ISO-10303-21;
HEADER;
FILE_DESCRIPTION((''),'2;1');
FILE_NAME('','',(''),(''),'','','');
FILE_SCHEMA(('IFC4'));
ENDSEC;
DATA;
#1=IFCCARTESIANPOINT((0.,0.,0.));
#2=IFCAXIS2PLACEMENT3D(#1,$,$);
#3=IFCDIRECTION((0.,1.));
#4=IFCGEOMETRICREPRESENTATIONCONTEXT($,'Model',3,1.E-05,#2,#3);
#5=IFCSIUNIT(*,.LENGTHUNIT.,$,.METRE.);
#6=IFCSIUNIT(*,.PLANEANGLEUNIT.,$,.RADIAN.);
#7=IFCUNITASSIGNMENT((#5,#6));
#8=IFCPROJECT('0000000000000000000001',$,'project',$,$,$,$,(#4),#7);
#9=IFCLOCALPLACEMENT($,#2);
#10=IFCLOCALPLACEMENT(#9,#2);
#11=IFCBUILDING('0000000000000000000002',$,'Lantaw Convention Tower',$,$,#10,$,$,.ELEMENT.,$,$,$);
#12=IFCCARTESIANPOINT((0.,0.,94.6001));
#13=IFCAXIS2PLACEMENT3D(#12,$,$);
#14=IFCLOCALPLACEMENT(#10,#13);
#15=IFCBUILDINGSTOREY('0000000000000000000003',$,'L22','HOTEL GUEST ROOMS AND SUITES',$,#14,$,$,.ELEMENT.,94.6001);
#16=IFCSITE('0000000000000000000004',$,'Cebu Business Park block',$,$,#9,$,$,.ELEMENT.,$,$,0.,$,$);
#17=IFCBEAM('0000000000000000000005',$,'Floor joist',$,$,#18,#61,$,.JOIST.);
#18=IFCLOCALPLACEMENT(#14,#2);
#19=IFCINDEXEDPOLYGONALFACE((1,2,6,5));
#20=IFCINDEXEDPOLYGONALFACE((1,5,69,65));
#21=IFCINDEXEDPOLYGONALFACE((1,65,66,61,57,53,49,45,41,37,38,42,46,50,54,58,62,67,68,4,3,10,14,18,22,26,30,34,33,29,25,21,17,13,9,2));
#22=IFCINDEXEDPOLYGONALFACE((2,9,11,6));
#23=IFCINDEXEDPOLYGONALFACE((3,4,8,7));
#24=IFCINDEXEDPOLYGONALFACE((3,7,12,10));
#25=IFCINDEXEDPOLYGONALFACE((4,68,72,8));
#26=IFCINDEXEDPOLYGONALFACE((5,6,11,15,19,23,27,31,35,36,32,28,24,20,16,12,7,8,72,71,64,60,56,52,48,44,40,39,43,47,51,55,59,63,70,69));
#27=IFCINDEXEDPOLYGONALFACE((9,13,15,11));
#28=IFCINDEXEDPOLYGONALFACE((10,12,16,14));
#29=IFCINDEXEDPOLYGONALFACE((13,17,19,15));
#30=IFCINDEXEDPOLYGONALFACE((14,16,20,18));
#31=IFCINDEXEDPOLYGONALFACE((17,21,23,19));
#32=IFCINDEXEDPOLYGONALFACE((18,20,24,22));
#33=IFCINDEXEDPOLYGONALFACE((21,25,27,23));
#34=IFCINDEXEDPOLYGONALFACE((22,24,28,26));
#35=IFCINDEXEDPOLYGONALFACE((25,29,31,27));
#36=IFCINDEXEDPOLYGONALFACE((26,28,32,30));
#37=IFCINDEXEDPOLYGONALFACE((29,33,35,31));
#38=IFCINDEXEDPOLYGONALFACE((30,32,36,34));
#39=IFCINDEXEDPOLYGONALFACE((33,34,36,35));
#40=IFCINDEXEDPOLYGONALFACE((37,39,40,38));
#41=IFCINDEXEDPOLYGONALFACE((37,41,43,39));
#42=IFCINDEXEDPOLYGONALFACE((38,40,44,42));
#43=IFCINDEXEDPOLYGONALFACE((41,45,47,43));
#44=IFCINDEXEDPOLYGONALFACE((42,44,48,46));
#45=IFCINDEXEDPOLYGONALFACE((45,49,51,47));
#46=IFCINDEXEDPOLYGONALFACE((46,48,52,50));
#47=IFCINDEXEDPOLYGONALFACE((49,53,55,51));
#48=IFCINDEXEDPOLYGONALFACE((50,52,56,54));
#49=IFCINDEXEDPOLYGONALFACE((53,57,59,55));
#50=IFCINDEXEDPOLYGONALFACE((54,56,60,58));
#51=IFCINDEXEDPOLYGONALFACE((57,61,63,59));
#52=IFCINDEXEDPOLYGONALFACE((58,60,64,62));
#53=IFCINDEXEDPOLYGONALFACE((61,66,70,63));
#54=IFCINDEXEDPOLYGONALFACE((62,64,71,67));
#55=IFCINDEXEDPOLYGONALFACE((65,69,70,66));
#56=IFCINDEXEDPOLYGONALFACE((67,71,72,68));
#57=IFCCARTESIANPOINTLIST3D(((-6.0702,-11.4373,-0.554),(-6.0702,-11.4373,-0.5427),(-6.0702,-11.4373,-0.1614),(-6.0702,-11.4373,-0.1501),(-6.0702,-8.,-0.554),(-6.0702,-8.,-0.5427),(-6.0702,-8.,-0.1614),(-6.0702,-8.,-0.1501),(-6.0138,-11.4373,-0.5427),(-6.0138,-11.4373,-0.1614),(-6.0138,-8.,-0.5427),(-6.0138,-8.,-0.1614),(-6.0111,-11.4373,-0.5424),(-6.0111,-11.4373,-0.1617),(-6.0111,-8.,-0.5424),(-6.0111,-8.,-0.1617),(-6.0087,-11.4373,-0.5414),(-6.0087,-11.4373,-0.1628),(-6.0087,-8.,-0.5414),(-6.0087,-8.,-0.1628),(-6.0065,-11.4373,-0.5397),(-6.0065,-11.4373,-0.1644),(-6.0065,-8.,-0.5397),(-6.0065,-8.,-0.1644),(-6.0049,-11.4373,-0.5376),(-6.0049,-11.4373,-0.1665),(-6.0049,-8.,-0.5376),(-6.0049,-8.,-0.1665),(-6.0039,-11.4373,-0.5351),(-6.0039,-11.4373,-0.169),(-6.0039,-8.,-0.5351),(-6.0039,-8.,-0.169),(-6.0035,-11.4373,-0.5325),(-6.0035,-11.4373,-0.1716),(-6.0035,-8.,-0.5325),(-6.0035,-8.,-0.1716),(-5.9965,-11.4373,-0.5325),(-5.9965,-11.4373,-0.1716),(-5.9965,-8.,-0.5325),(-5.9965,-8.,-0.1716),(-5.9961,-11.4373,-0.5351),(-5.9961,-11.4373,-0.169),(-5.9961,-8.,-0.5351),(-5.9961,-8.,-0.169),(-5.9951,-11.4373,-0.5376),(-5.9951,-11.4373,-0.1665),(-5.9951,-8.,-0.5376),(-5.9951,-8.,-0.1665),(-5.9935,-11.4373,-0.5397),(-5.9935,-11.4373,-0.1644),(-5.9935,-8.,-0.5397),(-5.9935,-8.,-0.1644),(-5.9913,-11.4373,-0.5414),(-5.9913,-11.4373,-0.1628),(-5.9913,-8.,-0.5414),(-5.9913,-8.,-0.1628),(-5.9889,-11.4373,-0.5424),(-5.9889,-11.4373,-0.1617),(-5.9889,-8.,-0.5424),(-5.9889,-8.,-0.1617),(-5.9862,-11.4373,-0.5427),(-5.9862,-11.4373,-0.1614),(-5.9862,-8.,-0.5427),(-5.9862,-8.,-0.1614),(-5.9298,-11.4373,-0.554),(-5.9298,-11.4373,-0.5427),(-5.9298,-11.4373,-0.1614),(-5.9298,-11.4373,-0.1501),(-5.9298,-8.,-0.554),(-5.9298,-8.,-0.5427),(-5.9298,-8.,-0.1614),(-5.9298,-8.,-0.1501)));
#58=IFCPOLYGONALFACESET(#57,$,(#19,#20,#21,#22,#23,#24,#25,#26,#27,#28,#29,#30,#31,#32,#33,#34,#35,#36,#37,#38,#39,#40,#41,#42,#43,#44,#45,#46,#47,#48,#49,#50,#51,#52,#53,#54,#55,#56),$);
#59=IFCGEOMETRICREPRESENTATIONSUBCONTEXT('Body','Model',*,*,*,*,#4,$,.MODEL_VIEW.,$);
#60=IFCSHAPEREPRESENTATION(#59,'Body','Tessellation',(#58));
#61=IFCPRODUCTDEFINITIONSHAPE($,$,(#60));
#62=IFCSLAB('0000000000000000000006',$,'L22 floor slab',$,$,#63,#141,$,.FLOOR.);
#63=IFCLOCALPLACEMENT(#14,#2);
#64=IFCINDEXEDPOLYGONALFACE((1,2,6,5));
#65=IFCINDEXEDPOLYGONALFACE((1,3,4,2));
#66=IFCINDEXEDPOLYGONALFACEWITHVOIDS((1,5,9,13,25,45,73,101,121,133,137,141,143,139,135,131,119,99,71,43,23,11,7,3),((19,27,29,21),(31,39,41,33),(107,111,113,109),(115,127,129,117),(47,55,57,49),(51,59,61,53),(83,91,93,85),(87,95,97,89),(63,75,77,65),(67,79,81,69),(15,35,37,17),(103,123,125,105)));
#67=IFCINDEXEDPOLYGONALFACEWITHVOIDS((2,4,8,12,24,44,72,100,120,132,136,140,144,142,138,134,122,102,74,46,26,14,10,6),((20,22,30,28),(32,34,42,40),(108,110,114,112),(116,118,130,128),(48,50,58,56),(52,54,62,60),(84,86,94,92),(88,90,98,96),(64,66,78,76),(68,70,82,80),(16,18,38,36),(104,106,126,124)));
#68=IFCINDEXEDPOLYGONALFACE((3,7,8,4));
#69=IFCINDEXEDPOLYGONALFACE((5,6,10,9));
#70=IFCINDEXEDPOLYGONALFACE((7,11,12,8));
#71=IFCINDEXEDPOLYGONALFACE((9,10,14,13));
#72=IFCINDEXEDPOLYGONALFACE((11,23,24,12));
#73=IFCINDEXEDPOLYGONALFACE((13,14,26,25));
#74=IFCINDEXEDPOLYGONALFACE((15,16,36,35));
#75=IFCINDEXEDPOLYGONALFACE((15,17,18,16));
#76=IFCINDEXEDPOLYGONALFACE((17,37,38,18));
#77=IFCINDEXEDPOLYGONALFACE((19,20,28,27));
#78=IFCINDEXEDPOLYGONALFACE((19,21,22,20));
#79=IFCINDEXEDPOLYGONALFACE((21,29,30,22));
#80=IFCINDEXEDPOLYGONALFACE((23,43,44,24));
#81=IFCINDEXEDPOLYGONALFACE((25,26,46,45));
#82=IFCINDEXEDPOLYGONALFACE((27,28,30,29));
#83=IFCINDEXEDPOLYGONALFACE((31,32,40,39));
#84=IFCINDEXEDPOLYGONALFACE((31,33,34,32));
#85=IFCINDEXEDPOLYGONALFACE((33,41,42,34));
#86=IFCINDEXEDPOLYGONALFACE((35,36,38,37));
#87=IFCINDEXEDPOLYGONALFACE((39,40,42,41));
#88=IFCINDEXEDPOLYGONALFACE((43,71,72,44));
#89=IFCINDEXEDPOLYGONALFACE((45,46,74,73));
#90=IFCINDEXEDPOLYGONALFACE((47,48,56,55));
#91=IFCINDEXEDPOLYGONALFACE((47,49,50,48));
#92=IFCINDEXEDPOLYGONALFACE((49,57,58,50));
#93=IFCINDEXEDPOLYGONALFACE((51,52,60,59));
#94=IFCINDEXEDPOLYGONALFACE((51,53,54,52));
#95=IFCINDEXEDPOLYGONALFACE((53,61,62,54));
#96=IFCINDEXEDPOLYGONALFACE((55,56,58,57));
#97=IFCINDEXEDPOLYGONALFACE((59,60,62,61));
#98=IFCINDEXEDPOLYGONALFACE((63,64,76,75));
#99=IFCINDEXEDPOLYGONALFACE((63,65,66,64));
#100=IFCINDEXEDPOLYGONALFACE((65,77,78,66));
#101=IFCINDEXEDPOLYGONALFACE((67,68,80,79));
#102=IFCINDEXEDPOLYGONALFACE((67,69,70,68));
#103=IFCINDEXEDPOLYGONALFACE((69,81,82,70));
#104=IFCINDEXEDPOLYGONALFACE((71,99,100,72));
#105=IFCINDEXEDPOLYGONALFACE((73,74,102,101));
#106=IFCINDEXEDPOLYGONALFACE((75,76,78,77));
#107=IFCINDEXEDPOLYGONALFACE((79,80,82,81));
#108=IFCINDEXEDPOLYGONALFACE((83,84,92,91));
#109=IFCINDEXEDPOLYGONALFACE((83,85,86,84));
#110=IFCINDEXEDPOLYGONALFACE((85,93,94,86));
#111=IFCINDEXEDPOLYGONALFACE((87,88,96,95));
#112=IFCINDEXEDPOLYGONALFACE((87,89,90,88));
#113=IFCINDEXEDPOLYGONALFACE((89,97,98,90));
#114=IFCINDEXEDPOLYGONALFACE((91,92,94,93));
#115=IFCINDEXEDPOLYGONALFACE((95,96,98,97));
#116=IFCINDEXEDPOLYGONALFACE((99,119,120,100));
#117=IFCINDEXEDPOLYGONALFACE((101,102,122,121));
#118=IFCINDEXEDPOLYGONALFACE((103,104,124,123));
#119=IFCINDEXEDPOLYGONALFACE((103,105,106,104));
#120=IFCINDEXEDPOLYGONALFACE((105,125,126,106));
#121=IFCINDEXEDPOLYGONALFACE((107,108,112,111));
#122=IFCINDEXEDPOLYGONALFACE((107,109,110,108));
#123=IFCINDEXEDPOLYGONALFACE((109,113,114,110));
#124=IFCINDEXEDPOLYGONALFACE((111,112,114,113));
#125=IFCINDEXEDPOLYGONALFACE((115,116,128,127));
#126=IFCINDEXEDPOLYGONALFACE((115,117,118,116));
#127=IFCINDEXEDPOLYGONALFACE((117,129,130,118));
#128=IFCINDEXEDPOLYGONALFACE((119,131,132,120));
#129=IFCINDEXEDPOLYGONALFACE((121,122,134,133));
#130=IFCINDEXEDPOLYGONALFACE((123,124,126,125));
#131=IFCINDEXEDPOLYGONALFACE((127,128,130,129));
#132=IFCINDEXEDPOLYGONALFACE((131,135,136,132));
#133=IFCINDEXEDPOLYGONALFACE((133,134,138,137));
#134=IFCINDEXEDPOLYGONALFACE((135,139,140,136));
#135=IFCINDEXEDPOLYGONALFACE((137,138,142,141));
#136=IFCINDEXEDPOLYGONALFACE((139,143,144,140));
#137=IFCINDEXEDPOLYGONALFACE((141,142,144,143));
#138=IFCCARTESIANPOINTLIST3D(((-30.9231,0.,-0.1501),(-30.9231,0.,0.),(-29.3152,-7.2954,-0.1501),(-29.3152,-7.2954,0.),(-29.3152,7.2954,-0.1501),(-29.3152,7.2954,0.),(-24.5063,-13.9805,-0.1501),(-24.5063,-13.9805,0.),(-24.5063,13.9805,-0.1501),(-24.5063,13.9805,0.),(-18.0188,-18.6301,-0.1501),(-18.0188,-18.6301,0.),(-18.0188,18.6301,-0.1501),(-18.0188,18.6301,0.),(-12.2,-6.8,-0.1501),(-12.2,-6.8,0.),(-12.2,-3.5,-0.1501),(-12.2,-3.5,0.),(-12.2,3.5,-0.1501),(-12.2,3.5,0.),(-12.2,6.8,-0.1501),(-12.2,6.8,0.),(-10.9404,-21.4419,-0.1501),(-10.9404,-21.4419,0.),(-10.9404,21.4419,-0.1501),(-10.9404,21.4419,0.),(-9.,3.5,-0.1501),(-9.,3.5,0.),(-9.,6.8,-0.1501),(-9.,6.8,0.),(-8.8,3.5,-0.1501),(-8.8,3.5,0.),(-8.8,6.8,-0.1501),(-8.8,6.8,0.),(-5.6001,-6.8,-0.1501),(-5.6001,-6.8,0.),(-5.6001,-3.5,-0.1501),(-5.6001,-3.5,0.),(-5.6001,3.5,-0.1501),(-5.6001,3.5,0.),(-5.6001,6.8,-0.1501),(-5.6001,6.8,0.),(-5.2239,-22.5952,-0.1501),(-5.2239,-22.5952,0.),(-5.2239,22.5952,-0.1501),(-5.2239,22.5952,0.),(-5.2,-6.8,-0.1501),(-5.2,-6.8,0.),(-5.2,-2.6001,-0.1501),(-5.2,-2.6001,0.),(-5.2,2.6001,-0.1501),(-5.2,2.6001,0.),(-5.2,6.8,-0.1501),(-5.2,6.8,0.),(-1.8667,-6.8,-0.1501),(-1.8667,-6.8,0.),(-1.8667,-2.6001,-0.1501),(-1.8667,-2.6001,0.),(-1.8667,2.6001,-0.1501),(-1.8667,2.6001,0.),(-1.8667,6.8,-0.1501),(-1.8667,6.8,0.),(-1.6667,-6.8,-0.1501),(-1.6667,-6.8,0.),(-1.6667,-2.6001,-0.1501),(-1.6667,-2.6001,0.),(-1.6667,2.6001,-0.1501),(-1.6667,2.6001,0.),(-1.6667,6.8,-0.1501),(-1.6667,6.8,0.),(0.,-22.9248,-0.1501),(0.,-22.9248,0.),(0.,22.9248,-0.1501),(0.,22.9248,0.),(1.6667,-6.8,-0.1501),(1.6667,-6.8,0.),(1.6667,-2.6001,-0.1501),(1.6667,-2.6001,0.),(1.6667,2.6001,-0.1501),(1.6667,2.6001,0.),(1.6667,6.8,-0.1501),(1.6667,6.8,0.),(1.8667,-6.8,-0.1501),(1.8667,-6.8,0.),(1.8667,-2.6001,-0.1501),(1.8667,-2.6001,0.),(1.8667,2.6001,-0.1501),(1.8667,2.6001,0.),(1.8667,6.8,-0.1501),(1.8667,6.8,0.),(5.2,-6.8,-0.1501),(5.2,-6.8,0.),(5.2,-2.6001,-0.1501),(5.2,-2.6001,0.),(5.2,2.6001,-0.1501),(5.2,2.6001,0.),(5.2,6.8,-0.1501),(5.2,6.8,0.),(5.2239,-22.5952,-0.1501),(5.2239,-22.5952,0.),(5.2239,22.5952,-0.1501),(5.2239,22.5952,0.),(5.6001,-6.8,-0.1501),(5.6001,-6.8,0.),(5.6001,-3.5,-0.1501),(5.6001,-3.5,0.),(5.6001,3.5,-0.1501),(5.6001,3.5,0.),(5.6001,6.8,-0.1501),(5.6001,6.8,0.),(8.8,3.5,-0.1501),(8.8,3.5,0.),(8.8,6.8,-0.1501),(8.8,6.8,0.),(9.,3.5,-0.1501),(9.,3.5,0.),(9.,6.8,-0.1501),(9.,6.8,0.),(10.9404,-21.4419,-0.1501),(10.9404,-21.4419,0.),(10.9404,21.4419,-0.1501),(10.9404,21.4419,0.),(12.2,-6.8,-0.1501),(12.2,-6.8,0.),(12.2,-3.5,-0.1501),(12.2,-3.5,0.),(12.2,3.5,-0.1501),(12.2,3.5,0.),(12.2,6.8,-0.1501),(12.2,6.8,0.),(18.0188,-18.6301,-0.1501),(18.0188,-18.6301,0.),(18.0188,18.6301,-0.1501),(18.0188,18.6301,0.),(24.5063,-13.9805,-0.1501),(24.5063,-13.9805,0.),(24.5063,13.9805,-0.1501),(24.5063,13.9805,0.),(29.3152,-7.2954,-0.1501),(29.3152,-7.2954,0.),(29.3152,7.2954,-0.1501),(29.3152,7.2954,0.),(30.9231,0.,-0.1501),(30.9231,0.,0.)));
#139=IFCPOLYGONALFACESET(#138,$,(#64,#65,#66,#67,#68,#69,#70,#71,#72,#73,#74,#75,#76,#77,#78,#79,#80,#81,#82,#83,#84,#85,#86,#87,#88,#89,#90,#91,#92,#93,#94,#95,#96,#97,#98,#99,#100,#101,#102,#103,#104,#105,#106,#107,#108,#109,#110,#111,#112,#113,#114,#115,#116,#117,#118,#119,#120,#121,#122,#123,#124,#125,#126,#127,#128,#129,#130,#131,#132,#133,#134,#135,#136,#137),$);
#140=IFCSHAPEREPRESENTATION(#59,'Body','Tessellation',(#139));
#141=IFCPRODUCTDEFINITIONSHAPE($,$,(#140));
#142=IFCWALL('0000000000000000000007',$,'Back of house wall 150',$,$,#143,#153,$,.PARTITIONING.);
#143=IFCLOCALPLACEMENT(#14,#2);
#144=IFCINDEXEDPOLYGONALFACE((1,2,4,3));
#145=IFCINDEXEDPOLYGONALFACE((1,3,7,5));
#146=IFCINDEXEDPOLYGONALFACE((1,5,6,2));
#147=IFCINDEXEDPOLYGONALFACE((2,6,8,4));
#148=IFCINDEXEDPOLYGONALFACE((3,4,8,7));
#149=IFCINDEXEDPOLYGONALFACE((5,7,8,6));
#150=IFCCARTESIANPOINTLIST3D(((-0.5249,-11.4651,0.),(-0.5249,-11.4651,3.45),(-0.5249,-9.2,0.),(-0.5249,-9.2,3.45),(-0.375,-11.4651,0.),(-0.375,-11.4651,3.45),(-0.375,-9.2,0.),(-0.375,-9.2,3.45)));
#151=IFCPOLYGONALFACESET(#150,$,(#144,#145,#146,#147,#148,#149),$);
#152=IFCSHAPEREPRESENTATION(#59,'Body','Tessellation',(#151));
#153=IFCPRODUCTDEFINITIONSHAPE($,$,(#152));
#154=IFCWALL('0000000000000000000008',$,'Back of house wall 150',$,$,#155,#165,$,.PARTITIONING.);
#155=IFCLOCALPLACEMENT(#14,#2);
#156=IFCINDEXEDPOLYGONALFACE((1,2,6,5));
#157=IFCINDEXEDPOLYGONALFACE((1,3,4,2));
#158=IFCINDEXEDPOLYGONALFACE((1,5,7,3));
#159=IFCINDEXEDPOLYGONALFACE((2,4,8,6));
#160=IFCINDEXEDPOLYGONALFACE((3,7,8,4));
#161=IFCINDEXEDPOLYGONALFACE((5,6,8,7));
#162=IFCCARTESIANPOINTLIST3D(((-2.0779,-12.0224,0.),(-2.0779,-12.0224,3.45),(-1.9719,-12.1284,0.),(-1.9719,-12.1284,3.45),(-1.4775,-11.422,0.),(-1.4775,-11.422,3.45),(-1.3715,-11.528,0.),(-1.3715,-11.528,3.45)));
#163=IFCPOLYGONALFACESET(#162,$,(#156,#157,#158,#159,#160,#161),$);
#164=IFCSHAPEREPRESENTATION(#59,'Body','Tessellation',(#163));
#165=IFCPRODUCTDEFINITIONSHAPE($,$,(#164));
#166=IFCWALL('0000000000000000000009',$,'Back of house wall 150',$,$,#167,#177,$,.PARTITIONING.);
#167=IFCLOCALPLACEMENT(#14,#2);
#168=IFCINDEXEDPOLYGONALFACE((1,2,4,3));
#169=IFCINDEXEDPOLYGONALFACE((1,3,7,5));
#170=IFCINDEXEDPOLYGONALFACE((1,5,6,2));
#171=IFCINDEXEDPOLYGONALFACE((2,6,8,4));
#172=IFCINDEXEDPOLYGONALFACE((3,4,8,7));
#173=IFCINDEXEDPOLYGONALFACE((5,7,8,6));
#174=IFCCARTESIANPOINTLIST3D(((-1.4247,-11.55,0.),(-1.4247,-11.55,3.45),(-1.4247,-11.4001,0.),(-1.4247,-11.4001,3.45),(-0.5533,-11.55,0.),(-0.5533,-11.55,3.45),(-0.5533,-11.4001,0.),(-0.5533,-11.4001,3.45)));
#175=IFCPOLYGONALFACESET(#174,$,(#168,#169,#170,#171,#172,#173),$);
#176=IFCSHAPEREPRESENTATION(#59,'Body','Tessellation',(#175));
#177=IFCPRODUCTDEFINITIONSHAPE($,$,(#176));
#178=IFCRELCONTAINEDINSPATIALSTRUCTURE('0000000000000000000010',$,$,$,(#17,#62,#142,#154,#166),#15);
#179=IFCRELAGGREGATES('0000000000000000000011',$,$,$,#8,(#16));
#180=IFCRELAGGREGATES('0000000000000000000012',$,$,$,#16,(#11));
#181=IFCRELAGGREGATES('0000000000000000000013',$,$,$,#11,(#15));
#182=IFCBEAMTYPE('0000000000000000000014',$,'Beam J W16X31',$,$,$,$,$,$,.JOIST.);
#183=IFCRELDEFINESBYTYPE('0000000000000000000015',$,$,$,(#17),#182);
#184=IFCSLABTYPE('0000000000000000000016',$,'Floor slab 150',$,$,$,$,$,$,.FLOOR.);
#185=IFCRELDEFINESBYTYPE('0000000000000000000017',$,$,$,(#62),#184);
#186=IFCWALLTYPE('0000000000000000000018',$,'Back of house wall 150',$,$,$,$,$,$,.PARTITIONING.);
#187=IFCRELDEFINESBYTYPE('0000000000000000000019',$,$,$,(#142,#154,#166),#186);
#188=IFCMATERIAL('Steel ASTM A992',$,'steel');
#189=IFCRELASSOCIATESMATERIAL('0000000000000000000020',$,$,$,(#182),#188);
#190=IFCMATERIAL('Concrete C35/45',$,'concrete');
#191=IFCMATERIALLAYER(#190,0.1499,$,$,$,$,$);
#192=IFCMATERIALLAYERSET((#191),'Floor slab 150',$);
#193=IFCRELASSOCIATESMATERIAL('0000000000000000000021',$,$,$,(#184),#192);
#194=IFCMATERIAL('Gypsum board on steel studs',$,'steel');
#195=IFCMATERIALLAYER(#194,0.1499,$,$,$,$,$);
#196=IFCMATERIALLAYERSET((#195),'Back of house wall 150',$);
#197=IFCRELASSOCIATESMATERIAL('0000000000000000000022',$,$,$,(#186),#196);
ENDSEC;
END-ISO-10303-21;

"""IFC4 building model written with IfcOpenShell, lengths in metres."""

from ifc_helpers import new_model, si_unit, direction, frame, frame_2d, origin, origin_2d, place, context, subcontext, project, spatial, polyline, rectangle, i_section, outline, extrude, material, layer, layer_set, material_profile, profile_set, type_object, element, save


model = new_model("IFC4")

# Units and contexts
model_context = context("Model", 3, precision=1e-05, world=origin(), true_north=direction((0.0, 1.0)))
body_context = subcontext(model_context, "Body", "Model", "MODEL_VIEW")
ifc_project = project(units=[si_unit("LENGTHUNIT", "METRE"), si_unit("PLANEANGLEUNIT", "RADIAN")], contexts=[model_context])

# Site, building, storey
site_placement = place(None, origin())
site = spatial("IfcSite", under=ifc_project, at=site_placement, Name="Cebu Business Park block", CompositionType="ELEMENT", RefElevation=0.0)
building_placement = place(site_placement, origin())
building = spatial("IfcBuilding", under=site, at=building_placement, Name="Lantaw Convention Tower", CompositionType="ELEMENT")
storey_placement = place(building_placement, frame((0.0, 0.0, 94.6001)))
storey = spatial("IfcBuildingStorey", under=building, at=storey_placement, Name="L22", Description="HOTEL GUEST ROOMS AND SUITES", CompositionType="ELEMENT", Elevation=94.6001)

# Beam
ifc_material_1 = material(Name="Steel ASTM A992", Category="steel")
ifc_material_profile_1 = material_profile(ifc_material_1, i_section(OverallWidth=0.1404, OverallDepth=0.4038, WebThickness=0.0071, FlangeThickness=0.0112, FilletRadius=0.0103, at=origin_2d()), Name="W16X31")
ifc_profile_set_1 = profile_set([ifc_material_profile_1], Name="Steel ASTM A992")
beam_type_1 = type_object("IfcBeamType", Name="Beam J W16X31", PredefinedType="JOIST", material=ifc_profile_set_1)
beam_1_placement = place(storey_placement, frame((-6.0, -11.4373, -0.3521), z_axis=(0.0, 1.0, 0.0), x_axis=(-1.0, 0.0, 0.0)))
element("IfcBeam", 1, at=beam_1_placement, inside=storey, type_object=beam_type_1, Name="Floor joist", PredefinedType="JOIST", context=body_context, shape_type="SweptSolid", body=[
    extrude(i_section(OverallWidth=0.1404, OverallDepth=0.4038, WebThickness=0.0071, FlangeThickness=0.0112, FilletRadius=0.0103, at=origin_2d()), origin(), (0.0, 0.0, 1.0), 3.4373),
])

# Slab
ifc_material_2 = material(Name="Concrete C35/45", Category="concrete")
ifc_layer_1 = layer(ifc_material_2, 0.1499)
ifc_layer_set_1 = layer_set([ifc_layer_1], Name="Floor slab 150")
slab_type = type_object("IfcSlabType", Name="Floor slab 150", PredefinedType="FLOOR", material=ifc_layer_set_1)
slab_placement = place(storey_placement, frame((0.0, 0.0, -0.1501)))
element("IfcSlab", 2, at=slab_placement, inside=storey, type_object=slab_type, Name="L22 floor slab", PredefinedType="FLOOR", context=body_context, shape_type="SweptSolid", body=[
    extrude(outline(polyline([(29.3152, -7.2954), (30.9231, 0.0), (29.3152, 7.2954), (24.5063, 13.9805), (18.0188, 18.6301), (10.9404, 21.4419), (5.2239, 22.5952), (0.0, 22.9248), (-5.2239, 22.5952), (-10.9404, 21.4419), (-18.0188, 18.6301), (-24.5063, 13.9805), (-29.3152, 7.2954), (-30.9231, 0.0), (-29.3152, -7.2954), (-24.5063, -13.9805), (-18.0188, -18.6301), (-10.9404, -21.4419), (-5.2239, -22.5952), (0.0, -22.9248), (5.2239, -22.5952), (10.9404, -21.4419), (18.0188, -18.6301), (24.5063, -13.9805), (29.3152, -7.2954)]), holes=[polyline([(-5.6001, -3.5), (-12.2, -3.5), (-12.2, -6.8), (-5.6001, -6.8), (-5.6001, -3.5)]), polyline([(-1.8667, -6.8), (-1.8667, -2.6001), (-5.2, -2.6001), (-5.2, -6.8), (-1.8667, -6.8)]), polyline([(-1.8667, 2.6001), (-1.8667, 6.8), (-5.2, 6.8), (-5.2, 2.6001), (-1.8667, 2.6001)]), polyline([(1.6667, 6.8), (-1.6667, 6.8), (-1.6667, 2.6001), (1.6667, 2.6001), (1.6667, 6.8)]), polyline([(-9.0, 3.5), (-9.0, 6.8), (-12.2, 6.8), (-12.2, 3.5), (-9.0, 3.5)]), polyline([(-5.6001, 3.5), (-5.6001, 6.8), (-8.8, 6.8), (-8.8, 3.5), (-5.6001, 3.5)]), polyline([(12.2, -3.5), (5.6001, -3.5), (5.6001, -6.8), (12.2, -6.8), (12.2, -3.5)]), polyline([(1.6667, -6.8), (1.6667, -2.6001), (-1.6667, -2.6001), (-1.6667, -6.8), (1.6667, -6.8)]), polyline([(5.2, -6.8), (5.2, -2.6001), (1.8667, -2.6001), (1.8667, -6.8), (5.2, -6.8)]), polyline([(5.2, 6.8), (1.8667, 6.8), (1.8667, 2.6001), (5.2, 2.6001), (5.2, 6.8)]), polyline([(8.8, 3.5), (8.8, 6.8), (5.6001, 6.8), (5.6001, 3.5), (8.8, 3.5)]), polyline([(12.2, 3.5), (12.2, 6.8), (9.0, 6.8), (9.0, 3.5), (12.2, 3.5)])]), origin(), (0.0, 0.0, 1.0), 0.1501),
])

# Walls
ifc_material_3 = material(Name="Gypsum board on steel studs", Category="steel")
ifc_layer_2 = layer(ifc_material_3, 0.1499)
ifc_layer_set_2 = layer_set([ifc_layer_2], Name="Back of house wall 150")
wall_type_1 = type_object("IfcWallType", Name="Back of house wall 150", PredefinedType="PARTITIONING", material=ifc_layer_set_2)
wall_1_placement = place(storey_placement, frame((-0.45, -9.2, 0.0), z_axis=(0.0, 0.0, 1.0), x_axis=(0.0, -1.0, 0.0)))
element("IfcWall", 3, at=wall_1_placement, inside=storey, type_object=wall_type_1, Name="Back of house wall 150", PredefinedType="PARTITIONING", context=body_context, shape_type="SweptSolid", body=[
    extrude(rectangle(XDim=2.2651, YDim=0.1499, at=frame_2d((1.1326, 0.0))), origin(), (0.0, 0.0, 1.0), 3.45),
])
wall_2_placement = place(storey_placement, frame((-2.0249, -12.0754, 0.0), z_axis=(0.0, 0.0, 1.0), x_axis=(0.707107, 0.707107, 0.0)))
element("IfcWall", 4, at=wall_2_placement, inside=storey, type_object=wall_type_1, Name="Back of house wall 150", PredefinedType="PARTITIONING", context=body_context, shape_type="SweptSolid", body=[
    extrude(rectangle(XDim=0.8491, YDim=0.1499, at=frame_2d((0.4246, 0.0))), origin(), (0.0, 0.0, 1.0), 3.45),
])
wall_3_placement = place(storey_placement, frame((-1.4246, -11.4751, 0.0), z_axis=(0.0, 0.0, 1.0), x_axis=(1.0, 0.0, 0.0)))
element("IfcWall", 5, at=wall_3_placement, inside=storey, type_object=wall_type_1, Name="Back of house wall 150", PredefinedType="PARTITIONING", context=body_context, shape_type="SweptSolid", body=[
    extrude(rectangle(XDim=0.8713, YDim=0.1499, at=frame_2d((0.4355, 0.0))), origin(), (0.0, 0.0, 1.0), 3.45),
])

save(model, "model.ifc")
